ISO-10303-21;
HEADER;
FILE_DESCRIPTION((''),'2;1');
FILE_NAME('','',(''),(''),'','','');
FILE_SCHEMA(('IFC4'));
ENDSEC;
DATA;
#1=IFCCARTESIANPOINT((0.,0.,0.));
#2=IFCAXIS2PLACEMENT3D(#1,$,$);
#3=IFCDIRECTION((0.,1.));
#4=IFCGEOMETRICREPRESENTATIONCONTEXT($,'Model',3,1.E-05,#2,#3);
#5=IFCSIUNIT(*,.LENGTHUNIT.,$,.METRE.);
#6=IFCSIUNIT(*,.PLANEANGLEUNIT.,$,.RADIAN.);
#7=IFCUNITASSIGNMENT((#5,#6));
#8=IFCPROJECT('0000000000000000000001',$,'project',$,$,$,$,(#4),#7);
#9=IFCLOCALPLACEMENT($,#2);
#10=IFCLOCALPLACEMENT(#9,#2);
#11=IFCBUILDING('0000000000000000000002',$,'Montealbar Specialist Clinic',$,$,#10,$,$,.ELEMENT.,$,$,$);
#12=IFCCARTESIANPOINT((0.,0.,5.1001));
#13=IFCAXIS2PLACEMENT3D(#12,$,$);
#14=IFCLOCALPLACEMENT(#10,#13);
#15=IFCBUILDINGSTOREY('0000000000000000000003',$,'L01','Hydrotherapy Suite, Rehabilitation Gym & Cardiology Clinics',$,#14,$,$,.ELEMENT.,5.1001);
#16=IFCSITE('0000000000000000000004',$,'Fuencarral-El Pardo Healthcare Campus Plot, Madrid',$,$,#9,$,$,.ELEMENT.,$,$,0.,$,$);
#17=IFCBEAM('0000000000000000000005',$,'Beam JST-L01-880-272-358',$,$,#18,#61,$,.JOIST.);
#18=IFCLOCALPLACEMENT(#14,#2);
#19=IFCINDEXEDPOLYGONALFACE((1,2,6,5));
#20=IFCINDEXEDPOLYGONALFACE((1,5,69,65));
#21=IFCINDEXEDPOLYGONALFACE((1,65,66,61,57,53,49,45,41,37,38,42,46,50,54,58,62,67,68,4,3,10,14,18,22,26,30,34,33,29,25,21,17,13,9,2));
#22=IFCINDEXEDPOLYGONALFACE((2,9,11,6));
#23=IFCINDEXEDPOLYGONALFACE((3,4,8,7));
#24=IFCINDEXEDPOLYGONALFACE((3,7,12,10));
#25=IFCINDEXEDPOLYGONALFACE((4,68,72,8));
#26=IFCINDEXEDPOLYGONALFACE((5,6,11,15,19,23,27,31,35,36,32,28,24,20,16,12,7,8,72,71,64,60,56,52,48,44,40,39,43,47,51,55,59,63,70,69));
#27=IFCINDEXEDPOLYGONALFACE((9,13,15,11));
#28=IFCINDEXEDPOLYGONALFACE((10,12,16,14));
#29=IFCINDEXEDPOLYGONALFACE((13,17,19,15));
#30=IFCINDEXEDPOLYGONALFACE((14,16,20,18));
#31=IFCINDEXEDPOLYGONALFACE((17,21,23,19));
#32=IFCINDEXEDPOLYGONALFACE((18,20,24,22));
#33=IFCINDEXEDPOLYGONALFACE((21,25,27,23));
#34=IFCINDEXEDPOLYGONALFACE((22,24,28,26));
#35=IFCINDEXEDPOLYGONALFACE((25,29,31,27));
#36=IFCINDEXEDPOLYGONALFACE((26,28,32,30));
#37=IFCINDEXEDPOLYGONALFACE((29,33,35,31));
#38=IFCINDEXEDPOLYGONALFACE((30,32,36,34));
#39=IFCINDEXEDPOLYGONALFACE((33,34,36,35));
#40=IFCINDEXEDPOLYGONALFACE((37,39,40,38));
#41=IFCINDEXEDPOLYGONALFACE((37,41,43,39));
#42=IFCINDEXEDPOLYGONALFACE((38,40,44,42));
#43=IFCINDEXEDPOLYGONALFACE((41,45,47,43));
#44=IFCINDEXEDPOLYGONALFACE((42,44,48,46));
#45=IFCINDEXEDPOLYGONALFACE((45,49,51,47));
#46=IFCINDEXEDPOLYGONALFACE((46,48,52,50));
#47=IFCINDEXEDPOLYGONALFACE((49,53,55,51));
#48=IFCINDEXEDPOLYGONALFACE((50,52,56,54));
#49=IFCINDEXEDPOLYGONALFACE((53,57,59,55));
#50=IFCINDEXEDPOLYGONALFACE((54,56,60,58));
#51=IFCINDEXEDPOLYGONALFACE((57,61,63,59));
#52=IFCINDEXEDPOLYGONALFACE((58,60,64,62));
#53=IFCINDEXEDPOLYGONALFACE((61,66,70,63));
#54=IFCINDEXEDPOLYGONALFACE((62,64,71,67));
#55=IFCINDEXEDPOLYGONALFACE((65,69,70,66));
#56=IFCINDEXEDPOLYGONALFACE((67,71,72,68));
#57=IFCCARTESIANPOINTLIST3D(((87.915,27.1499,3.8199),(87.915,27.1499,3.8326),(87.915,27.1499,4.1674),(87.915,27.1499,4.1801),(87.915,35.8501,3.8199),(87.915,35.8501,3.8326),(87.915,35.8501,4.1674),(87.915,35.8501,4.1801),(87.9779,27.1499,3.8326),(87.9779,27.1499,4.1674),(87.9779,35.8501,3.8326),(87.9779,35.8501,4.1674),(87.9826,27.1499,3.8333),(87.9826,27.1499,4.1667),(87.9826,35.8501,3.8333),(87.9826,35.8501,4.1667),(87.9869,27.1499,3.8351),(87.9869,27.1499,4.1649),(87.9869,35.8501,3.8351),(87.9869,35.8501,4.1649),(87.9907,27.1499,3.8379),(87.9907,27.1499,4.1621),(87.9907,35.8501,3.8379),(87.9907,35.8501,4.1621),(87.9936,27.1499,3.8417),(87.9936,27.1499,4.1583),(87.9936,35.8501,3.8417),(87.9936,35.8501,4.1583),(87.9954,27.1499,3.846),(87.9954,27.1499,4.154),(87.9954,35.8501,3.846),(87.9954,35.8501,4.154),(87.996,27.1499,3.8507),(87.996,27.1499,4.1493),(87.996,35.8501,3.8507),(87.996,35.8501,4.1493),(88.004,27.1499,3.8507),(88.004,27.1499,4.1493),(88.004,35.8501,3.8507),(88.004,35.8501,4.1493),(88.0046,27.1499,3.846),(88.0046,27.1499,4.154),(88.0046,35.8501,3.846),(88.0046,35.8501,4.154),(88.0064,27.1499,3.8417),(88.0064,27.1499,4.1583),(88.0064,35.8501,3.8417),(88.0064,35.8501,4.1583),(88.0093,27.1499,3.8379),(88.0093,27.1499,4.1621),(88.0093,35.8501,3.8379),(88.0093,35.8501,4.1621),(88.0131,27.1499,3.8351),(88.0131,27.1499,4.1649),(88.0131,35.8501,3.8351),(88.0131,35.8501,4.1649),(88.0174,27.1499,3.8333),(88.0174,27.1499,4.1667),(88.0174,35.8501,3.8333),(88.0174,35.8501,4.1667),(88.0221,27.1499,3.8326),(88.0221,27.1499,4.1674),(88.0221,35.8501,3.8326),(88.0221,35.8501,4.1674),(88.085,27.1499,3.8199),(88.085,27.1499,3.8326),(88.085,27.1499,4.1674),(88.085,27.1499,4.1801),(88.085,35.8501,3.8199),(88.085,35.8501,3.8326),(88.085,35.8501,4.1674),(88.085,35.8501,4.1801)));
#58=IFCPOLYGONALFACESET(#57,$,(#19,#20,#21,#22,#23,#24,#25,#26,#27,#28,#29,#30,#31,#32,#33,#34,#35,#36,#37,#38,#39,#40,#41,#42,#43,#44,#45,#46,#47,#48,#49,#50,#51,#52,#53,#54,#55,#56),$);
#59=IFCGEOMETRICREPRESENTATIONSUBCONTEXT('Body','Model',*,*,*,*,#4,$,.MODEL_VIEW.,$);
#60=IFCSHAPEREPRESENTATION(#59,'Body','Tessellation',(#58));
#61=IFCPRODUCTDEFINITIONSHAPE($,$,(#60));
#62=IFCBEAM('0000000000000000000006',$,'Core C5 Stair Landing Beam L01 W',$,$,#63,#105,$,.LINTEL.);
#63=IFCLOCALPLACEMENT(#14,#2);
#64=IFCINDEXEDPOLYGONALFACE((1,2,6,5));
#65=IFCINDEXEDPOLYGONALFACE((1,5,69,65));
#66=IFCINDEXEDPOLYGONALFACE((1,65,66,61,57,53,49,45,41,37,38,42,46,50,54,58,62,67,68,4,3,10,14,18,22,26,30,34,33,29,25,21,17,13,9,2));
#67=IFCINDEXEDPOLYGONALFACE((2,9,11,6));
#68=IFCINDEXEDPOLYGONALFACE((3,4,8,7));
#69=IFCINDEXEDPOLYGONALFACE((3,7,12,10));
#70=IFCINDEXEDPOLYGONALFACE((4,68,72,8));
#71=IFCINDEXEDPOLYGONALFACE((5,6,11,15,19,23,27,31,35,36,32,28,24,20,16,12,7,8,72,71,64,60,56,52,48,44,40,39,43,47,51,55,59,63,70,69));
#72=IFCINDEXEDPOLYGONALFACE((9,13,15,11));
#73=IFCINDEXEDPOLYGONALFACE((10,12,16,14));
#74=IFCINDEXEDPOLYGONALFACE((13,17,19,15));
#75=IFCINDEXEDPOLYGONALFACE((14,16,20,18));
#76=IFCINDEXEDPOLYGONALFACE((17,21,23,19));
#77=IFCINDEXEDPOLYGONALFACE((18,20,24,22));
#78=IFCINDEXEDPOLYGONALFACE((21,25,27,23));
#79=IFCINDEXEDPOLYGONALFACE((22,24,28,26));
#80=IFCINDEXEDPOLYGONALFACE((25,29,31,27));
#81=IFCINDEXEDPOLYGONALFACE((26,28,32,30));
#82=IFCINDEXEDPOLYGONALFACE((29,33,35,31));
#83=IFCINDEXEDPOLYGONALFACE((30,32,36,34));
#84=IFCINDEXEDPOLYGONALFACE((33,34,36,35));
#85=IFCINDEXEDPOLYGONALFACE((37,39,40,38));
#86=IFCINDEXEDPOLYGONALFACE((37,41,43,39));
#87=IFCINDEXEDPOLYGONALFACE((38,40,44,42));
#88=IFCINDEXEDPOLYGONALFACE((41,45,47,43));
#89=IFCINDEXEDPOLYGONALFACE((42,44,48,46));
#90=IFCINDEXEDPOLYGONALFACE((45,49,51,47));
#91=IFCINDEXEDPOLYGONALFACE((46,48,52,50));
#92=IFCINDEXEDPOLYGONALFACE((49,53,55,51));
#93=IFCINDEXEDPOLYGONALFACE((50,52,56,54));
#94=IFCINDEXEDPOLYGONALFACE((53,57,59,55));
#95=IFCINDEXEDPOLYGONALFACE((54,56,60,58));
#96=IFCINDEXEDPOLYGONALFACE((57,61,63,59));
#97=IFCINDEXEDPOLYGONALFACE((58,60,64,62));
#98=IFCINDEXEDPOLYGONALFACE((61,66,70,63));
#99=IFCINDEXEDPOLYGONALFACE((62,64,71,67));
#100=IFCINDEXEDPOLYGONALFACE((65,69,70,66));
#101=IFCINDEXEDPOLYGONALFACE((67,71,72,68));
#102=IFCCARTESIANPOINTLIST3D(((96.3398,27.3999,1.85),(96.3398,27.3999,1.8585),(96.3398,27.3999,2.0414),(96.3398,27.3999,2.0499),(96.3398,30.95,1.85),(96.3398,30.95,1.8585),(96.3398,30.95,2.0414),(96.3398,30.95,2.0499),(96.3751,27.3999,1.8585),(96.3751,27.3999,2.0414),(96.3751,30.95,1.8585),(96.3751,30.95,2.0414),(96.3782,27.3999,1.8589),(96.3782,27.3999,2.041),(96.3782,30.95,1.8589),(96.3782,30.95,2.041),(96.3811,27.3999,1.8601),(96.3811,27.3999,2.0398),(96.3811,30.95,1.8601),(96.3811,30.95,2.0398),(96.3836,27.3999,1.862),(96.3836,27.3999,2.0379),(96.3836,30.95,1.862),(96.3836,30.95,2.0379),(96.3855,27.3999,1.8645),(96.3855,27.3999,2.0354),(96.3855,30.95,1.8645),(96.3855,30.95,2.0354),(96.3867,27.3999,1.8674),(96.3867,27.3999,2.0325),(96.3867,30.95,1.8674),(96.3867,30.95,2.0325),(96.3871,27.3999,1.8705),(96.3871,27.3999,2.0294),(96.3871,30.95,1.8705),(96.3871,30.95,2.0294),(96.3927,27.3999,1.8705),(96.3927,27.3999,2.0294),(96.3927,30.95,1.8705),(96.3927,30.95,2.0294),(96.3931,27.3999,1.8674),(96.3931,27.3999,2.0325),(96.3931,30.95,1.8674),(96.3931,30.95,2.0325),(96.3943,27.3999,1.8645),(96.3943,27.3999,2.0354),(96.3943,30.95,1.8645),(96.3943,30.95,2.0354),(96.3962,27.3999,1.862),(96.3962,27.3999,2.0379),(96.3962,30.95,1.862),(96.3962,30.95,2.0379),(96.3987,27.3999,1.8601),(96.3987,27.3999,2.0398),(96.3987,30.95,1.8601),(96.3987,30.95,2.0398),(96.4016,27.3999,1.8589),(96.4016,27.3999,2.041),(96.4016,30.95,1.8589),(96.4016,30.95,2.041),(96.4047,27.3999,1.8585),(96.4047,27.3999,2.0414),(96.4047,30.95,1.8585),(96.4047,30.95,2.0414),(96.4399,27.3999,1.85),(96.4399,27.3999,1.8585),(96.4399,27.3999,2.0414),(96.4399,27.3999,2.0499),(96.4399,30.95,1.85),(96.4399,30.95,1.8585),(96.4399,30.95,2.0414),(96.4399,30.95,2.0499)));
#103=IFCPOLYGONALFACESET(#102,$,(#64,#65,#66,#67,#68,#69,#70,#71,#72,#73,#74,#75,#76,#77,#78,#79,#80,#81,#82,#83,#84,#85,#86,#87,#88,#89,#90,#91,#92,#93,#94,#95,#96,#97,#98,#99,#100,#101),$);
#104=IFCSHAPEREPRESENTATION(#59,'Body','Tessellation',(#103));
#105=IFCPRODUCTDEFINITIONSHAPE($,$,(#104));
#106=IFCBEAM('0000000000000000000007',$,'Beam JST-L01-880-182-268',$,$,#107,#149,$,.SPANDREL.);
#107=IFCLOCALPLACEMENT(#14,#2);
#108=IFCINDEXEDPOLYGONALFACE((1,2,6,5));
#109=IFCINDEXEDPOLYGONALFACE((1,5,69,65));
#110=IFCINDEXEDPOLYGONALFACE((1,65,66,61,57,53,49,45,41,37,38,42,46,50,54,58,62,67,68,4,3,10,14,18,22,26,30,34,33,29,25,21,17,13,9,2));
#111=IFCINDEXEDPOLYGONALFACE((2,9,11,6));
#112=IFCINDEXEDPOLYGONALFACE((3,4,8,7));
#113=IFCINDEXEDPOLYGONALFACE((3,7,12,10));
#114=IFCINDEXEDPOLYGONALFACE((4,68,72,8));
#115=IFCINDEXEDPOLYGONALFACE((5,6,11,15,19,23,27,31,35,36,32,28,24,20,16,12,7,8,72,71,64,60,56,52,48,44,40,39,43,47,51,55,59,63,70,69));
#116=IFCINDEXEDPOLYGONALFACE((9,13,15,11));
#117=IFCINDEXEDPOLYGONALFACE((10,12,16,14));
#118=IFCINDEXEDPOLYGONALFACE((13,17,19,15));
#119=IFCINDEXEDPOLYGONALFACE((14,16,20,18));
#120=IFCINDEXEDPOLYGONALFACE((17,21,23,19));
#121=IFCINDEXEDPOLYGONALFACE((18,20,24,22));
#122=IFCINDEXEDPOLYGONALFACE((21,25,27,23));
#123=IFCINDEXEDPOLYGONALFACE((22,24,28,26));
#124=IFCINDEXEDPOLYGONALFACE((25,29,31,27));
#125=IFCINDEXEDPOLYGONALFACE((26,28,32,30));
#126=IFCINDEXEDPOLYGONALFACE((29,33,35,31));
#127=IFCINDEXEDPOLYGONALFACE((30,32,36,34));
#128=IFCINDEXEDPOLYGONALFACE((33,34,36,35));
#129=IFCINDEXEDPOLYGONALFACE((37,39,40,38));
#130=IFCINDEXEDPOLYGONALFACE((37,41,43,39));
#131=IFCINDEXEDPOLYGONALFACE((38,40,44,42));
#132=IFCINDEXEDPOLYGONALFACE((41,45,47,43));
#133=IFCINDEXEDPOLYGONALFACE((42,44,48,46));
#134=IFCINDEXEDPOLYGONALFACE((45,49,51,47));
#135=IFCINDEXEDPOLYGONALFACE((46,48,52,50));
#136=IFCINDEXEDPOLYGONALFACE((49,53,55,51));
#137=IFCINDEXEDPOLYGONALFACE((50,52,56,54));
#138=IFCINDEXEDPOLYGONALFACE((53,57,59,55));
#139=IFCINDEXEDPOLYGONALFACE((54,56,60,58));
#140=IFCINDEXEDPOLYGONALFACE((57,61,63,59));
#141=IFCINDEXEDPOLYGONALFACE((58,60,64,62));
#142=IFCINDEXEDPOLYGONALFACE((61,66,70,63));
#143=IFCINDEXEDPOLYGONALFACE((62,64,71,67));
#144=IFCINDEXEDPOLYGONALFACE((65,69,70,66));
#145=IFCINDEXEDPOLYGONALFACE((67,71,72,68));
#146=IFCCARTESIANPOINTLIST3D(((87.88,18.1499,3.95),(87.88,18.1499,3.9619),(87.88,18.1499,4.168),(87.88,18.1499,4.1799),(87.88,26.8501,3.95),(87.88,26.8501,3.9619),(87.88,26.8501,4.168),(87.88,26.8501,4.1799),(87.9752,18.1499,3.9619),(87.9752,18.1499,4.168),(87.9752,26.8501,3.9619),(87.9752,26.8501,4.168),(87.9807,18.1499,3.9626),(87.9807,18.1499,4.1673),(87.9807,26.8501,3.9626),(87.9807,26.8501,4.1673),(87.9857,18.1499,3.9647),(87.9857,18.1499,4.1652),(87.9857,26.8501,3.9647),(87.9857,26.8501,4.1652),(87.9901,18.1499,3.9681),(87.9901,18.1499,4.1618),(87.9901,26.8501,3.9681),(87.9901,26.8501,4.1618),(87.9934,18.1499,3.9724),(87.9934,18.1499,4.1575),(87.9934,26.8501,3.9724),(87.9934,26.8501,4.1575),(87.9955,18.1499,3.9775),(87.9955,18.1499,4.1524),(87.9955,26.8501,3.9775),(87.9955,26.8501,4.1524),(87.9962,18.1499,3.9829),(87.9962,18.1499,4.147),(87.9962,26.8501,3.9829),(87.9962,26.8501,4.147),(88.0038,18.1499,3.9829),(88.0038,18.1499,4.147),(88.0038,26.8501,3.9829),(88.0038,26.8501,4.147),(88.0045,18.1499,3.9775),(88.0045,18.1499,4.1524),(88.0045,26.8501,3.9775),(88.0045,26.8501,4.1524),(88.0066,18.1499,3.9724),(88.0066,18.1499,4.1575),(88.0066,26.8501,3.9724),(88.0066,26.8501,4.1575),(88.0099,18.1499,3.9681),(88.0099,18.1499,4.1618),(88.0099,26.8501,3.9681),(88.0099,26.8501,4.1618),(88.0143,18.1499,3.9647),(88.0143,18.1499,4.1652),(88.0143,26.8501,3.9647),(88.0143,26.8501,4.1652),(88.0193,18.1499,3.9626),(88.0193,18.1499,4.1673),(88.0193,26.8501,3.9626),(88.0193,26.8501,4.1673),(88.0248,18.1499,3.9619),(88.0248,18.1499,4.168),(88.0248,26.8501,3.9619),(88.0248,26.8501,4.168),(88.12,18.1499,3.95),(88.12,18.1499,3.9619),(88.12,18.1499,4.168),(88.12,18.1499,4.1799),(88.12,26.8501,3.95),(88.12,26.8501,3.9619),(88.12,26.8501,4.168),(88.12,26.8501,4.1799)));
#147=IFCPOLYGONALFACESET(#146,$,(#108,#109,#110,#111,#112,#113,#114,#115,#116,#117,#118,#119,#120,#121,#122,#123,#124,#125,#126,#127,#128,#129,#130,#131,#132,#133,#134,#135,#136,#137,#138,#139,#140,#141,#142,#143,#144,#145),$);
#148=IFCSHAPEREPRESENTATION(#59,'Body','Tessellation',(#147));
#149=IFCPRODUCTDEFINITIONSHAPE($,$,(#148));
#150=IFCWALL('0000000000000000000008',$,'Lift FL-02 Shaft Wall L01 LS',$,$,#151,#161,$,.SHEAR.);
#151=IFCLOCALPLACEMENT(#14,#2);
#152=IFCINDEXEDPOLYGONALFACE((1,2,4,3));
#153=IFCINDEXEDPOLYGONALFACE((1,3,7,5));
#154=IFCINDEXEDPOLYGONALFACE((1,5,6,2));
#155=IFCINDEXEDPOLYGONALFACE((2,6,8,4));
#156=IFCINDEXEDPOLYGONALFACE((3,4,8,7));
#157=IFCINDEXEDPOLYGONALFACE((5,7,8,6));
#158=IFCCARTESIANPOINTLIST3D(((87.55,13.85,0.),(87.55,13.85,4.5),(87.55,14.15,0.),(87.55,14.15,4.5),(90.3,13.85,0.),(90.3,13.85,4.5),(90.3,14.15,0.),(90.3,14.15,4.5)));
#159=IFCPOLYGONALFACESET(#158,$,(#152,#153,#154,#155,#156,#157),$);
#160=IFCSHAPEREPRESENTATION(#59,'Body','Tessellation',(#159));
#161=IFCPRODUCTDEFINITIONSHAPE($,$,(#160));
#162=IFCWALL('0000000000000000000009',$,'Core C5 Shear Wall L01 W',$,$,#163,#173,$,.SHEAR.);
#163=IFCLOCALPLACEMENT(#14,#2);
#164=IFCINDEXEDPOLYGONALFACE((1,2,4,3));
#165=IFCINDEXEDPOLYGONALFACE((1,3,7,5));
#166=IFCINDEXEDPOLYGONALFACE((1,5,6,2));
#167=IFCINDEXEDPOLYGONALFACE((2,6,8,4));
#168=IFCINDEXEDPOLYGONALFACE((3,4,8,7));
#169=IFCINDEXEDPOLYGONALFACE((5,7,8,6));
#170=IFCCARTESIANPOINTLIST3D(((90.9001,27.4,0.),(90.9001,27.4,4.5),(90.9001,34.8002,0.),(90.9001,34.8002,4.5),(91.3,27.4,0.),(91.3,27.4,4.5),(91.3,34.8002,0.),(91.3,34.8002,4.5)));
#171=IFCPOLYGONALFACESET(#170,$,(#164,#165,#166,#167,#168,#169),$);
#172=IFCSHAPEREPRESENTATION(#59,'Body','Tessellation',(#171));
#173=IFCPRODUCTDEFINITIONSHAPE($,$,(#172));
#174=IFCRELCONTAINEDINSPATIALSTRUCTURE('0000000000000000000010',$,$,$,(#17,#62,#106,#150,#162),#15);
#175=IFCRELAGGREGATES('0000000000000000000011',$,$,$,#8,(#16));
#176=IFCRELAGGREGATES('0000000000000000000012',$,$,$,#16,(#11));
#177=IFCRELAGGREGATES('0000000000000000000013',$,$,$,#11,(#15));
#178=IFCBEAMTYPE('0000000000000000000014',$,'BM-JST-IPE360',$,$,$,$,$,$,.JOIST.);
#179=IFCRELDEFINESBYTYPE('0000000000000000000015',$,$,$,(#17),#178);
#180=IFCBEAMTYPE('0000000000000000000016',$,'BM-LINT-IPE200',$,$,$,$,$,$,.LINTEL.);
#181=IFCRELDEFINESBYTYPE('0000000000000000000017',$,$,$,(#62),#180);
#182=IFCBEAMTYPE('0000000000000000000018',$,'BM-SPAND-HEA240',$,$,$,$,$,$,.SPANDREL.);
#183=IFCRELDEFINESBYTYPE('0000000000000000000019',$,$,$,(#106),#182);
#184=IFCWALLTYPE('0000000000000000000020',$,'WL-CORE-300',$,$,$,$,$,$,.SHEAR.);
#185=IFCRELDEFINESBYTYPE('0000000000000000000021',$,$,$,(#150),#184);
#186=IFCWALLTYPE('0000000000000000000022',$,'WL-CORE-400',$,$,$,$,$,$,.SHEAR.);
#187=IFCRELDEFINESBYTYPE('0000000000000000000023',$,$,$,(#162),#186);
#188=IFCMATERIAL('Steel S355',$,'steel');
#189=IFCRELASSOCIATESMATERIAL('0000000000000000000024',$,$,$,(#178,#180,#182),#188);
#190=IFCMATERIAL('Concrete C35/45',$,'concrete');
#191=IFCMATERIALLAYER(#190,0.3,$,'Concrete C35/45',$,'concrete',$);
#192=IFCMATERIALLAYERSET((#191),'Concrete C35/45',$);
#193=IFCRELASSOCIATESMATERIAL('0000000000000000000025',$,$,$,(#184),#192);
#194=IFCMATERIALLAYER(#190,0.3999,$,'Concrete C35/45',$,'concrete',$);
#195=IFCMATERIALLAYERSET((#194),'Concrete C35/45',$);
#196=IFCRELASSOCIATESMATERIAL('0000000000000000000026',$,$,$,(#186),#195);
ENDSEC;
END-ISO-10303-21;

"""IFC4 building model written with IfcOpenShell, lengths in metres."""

from ifc_helpers import new_model, si_unit, direction, frame, frame_2d, origin, origin_2d, place, context, subcontext, project, spatial, rectangle, i_section, extrude, material, layer, layer_set, material_profile, profile_set, type_object, element, save


model = new_model("IFC4")

# Units and contexts
model_context = context("Model", 3, precision=1e-05, world=origin(), true_north=direction((0.0, 1.0)))
body_context = subcontext(model_context, "Body", "Model", "MODEL_VIEW")
ifc_project = project(units=[si_unit("LENGTHUNIT", "METRE"), si_unit("PLANEANGLEUNIT", "RADIAN")], contexts=[model_context])

# Site, building, storey
site_placement = place(None, origin())
site = spatial("IfcSite", under=ifc_project, at=site_placement, Name="Fuencarral-El Pardo Healthcare Campus Plot, Madrid", CompositionType="ELEMENT", RefElevation=0.0)
building_placement = place(site_placement, origin())
building = spatial("IfcBuilding", under=site, at=building_placement, Name="Montealbar Specialist Clinic", CompositionType="ELEMENT")
storey_placement = place(building_placement, frame((0.0, 0.0, 5.1001)))
storey = spatial("IfcBuildingStorey", under=building, at=storey_placement, Name="L01", Description="Hydrotherapy Suite, Rehabilitation Gym & Cardiology Clinics", CompositionType="ELEMENT", Elevation=5.1001)

# Shared definitions
ifc_material_1 = material(Name="Steel S355", Category="steel")

# Beams
ifc_material_profile_1 = material_profile(ifc_material_1, i_section(OverallWidth=0.1699, OverallDepth=0.3601, WebThickness=0.0081, FlangeThickness=0.0127, FilletRadius=0.0181, at=origin_2d()), Name="IPE 360", Category="steel")
ifc_profile_set_1 = profile_set([ifc_material_profile_1], Name="Steel S355")
beam_type_1 = type_object("IfcBeamType", Name="BM-JST-IPE360", PredefinedType="JOIST", material=ifc_profile_set_1)
beam_1_placement = place(storey_placement, frame((88.0, 27.1499, 4.0), z_axis=(0.0, 1.0, 0.0), x_axis=(-1.0, 0.0, 0.0)))
element("IfcBeam", 1, at=beam_1_placement, inside=storey, type_object=beam_type_1, Name="Beam JST-L01-880-272-358", PredefinedType="JOIST", context=body_context, shape_type="SweptSolid", body=[
    extrude(i_section(OverallWidth=0.1699, OverallDepth=0.3601, WebThickness=0.0081, FlangeThickness=0.0127, FilletRadius=0.0181, at=origin_2d()), origin(), (0.0, 0.0, 1.0), 8.7002),
])
ifc_material_profile_2 = material_profile(ifc_material_1, i_section(OverallWidth=0.1001, OverallDepth=0.2, WebThickness=0.0056, FlangeThickness=0.0085, FilletRadius=0.012, at=origin_2d()), Name="IPE 200", Category="steel")
ifc_profile_set_2 = profile_set([ifc_material_profile_2], Name="Steel S355")
beam_type_2 = type_object("IfcBeamType", Name="BM-LINT-IPE200", PredefinedType="LINTEL", material=ifc_profile_set_2)
beam_2_placement = place(storey_placement, frame((96.3899, 27.3999, 1.95), z_axis=(0.0, 1.0, 0.0), x_axis=(-1.0, 0.0, 0.0)))
element("IfcBeam", 2, at=beam_2_placement, inside=storey, type_object=beam_type_2, Name="Core C5 Stair Landing Beam L01 W", PredefinedType="LINTEL", context=body_context, shape_type="SweptSolid", body=[
    extrude(i_section(OverallWidth=0.1001, OverallDepth=0.2, WebThickness=0.0056, FlangeThickness=0.0085, FilletRadius=0.012, at=origin_2d()), origin(), (0.0, 0.0, 1.0), 3.55),
])
ifc_material_profile_3 = material_profile(ifc_material_1, i_section(OverallWidth=0.24, OverallDepth=0.23, WebThickness=0.0076, FlangeThickness=0.012, FilletRadius=0.021, at=origin_2d()), Name="HEA 240", Category="steel")
ifc_profile_set_3 = profile_set([ifc_material_profile_3], Name="Steel S355")
beam_type_3 = type_object("IfcBeamType", Name="BM-SPAND-HEA240", PredefinedType="SPANDREL", material=ifc_profile_set_3)
beam_3_placement = place(storey_placement, frame((88.0, 18.1499, 4.0649), z_axis=(0.0, 1.0, 0.0), x_axis=(-1.0, 0.0, 0.0)))
element("IfcBeam", 3, at=beam_3_placement, inside=storey, type_object=beam_type_3, Name="Beam JST-L01-880-182-268", PredefinedType="SPANDREL", context=body_context, shape_type="SweptSolid", body=[
    extrude(i_section(OverallWidth=0.24, OverallDepth=0.23, WebThickness=0.0076, FlangeThickness=0.012, FilletRadius=0.021, at=origin_2d()), origin(), (0.0, 0.0, 1.0), 8.7002),
])

# Wall
ifc_material_2 = material(Name="Concrete C35/45", Category="concrete")
ifc_layer_1 = layer(ifc_material_2, 0.3, Name="Concrete C35/45", Category="concrete")
ifc_layer_set_1 = layer_set([ifc_layer_1], Name="Concrete C35/45")
wall_type_1 = type_object("IfcWallType", Name="WL-CORE-300", PredefinedType="SHEAR", material=ifc_layer_set_1)
wall_1_placement = place(storey_placement, frame((87.55, 14.0, 0.0), z_axis=(0.0, 0.0, 1.0), x_axis=(1.0, 0.0, 0.0)))
element("IfcWall", 4, at=wall_1_placement, inside=storey, type_object=wall_type_1, Name="Lift FL-02 Shaft Wall L01 LS", PredefinedType="SHEAR", context=body_context, shape_type="SweptSolid", body=[
    extrude(rectangle(XDim=2.75, YDim=0.3, at=frame_2d((1.375, 0.0))), origin(), (0.0, 0.0, 1.0), 4.5),
])

# Shared definitions
ifc_layer_2 = layer(ifc_material_2, 0.3999, Name="Concrete C35/45", Category="concrete")
ifc_layer_set_2 = layer_set([ifc_layer_2], Name="Concrete C35/45")
wall_type_2 = type_object("IfcWallType", Name="WL-CORE-400", PredefinedType="SHEAR", material=ifc_layer_set_2)

# Wall
wall_2_placement = place(storey_placement, frame((91.1001, 27.3999, 0.0), z_axis=(0.0, 0.0, 1.0), x_axis=(0.0, 1.0, 0.0)))
element("IfcWall", 5, at=wall_2_placement, inside=storey, type_object=wall_type_2, Name="Core C5 Shear Wall L01 W", PredefinedType="SHEAR", context=body_context, shape_type="SweptSolid", body=[
    extrude(rectangle(XDim=7.4001, YDim=0.3999, at=frame_2d((3.7002, 0.0))), origin(), (0.0, 0.0, 1.0), 4.5),
])

save(model, "model.ifc")
